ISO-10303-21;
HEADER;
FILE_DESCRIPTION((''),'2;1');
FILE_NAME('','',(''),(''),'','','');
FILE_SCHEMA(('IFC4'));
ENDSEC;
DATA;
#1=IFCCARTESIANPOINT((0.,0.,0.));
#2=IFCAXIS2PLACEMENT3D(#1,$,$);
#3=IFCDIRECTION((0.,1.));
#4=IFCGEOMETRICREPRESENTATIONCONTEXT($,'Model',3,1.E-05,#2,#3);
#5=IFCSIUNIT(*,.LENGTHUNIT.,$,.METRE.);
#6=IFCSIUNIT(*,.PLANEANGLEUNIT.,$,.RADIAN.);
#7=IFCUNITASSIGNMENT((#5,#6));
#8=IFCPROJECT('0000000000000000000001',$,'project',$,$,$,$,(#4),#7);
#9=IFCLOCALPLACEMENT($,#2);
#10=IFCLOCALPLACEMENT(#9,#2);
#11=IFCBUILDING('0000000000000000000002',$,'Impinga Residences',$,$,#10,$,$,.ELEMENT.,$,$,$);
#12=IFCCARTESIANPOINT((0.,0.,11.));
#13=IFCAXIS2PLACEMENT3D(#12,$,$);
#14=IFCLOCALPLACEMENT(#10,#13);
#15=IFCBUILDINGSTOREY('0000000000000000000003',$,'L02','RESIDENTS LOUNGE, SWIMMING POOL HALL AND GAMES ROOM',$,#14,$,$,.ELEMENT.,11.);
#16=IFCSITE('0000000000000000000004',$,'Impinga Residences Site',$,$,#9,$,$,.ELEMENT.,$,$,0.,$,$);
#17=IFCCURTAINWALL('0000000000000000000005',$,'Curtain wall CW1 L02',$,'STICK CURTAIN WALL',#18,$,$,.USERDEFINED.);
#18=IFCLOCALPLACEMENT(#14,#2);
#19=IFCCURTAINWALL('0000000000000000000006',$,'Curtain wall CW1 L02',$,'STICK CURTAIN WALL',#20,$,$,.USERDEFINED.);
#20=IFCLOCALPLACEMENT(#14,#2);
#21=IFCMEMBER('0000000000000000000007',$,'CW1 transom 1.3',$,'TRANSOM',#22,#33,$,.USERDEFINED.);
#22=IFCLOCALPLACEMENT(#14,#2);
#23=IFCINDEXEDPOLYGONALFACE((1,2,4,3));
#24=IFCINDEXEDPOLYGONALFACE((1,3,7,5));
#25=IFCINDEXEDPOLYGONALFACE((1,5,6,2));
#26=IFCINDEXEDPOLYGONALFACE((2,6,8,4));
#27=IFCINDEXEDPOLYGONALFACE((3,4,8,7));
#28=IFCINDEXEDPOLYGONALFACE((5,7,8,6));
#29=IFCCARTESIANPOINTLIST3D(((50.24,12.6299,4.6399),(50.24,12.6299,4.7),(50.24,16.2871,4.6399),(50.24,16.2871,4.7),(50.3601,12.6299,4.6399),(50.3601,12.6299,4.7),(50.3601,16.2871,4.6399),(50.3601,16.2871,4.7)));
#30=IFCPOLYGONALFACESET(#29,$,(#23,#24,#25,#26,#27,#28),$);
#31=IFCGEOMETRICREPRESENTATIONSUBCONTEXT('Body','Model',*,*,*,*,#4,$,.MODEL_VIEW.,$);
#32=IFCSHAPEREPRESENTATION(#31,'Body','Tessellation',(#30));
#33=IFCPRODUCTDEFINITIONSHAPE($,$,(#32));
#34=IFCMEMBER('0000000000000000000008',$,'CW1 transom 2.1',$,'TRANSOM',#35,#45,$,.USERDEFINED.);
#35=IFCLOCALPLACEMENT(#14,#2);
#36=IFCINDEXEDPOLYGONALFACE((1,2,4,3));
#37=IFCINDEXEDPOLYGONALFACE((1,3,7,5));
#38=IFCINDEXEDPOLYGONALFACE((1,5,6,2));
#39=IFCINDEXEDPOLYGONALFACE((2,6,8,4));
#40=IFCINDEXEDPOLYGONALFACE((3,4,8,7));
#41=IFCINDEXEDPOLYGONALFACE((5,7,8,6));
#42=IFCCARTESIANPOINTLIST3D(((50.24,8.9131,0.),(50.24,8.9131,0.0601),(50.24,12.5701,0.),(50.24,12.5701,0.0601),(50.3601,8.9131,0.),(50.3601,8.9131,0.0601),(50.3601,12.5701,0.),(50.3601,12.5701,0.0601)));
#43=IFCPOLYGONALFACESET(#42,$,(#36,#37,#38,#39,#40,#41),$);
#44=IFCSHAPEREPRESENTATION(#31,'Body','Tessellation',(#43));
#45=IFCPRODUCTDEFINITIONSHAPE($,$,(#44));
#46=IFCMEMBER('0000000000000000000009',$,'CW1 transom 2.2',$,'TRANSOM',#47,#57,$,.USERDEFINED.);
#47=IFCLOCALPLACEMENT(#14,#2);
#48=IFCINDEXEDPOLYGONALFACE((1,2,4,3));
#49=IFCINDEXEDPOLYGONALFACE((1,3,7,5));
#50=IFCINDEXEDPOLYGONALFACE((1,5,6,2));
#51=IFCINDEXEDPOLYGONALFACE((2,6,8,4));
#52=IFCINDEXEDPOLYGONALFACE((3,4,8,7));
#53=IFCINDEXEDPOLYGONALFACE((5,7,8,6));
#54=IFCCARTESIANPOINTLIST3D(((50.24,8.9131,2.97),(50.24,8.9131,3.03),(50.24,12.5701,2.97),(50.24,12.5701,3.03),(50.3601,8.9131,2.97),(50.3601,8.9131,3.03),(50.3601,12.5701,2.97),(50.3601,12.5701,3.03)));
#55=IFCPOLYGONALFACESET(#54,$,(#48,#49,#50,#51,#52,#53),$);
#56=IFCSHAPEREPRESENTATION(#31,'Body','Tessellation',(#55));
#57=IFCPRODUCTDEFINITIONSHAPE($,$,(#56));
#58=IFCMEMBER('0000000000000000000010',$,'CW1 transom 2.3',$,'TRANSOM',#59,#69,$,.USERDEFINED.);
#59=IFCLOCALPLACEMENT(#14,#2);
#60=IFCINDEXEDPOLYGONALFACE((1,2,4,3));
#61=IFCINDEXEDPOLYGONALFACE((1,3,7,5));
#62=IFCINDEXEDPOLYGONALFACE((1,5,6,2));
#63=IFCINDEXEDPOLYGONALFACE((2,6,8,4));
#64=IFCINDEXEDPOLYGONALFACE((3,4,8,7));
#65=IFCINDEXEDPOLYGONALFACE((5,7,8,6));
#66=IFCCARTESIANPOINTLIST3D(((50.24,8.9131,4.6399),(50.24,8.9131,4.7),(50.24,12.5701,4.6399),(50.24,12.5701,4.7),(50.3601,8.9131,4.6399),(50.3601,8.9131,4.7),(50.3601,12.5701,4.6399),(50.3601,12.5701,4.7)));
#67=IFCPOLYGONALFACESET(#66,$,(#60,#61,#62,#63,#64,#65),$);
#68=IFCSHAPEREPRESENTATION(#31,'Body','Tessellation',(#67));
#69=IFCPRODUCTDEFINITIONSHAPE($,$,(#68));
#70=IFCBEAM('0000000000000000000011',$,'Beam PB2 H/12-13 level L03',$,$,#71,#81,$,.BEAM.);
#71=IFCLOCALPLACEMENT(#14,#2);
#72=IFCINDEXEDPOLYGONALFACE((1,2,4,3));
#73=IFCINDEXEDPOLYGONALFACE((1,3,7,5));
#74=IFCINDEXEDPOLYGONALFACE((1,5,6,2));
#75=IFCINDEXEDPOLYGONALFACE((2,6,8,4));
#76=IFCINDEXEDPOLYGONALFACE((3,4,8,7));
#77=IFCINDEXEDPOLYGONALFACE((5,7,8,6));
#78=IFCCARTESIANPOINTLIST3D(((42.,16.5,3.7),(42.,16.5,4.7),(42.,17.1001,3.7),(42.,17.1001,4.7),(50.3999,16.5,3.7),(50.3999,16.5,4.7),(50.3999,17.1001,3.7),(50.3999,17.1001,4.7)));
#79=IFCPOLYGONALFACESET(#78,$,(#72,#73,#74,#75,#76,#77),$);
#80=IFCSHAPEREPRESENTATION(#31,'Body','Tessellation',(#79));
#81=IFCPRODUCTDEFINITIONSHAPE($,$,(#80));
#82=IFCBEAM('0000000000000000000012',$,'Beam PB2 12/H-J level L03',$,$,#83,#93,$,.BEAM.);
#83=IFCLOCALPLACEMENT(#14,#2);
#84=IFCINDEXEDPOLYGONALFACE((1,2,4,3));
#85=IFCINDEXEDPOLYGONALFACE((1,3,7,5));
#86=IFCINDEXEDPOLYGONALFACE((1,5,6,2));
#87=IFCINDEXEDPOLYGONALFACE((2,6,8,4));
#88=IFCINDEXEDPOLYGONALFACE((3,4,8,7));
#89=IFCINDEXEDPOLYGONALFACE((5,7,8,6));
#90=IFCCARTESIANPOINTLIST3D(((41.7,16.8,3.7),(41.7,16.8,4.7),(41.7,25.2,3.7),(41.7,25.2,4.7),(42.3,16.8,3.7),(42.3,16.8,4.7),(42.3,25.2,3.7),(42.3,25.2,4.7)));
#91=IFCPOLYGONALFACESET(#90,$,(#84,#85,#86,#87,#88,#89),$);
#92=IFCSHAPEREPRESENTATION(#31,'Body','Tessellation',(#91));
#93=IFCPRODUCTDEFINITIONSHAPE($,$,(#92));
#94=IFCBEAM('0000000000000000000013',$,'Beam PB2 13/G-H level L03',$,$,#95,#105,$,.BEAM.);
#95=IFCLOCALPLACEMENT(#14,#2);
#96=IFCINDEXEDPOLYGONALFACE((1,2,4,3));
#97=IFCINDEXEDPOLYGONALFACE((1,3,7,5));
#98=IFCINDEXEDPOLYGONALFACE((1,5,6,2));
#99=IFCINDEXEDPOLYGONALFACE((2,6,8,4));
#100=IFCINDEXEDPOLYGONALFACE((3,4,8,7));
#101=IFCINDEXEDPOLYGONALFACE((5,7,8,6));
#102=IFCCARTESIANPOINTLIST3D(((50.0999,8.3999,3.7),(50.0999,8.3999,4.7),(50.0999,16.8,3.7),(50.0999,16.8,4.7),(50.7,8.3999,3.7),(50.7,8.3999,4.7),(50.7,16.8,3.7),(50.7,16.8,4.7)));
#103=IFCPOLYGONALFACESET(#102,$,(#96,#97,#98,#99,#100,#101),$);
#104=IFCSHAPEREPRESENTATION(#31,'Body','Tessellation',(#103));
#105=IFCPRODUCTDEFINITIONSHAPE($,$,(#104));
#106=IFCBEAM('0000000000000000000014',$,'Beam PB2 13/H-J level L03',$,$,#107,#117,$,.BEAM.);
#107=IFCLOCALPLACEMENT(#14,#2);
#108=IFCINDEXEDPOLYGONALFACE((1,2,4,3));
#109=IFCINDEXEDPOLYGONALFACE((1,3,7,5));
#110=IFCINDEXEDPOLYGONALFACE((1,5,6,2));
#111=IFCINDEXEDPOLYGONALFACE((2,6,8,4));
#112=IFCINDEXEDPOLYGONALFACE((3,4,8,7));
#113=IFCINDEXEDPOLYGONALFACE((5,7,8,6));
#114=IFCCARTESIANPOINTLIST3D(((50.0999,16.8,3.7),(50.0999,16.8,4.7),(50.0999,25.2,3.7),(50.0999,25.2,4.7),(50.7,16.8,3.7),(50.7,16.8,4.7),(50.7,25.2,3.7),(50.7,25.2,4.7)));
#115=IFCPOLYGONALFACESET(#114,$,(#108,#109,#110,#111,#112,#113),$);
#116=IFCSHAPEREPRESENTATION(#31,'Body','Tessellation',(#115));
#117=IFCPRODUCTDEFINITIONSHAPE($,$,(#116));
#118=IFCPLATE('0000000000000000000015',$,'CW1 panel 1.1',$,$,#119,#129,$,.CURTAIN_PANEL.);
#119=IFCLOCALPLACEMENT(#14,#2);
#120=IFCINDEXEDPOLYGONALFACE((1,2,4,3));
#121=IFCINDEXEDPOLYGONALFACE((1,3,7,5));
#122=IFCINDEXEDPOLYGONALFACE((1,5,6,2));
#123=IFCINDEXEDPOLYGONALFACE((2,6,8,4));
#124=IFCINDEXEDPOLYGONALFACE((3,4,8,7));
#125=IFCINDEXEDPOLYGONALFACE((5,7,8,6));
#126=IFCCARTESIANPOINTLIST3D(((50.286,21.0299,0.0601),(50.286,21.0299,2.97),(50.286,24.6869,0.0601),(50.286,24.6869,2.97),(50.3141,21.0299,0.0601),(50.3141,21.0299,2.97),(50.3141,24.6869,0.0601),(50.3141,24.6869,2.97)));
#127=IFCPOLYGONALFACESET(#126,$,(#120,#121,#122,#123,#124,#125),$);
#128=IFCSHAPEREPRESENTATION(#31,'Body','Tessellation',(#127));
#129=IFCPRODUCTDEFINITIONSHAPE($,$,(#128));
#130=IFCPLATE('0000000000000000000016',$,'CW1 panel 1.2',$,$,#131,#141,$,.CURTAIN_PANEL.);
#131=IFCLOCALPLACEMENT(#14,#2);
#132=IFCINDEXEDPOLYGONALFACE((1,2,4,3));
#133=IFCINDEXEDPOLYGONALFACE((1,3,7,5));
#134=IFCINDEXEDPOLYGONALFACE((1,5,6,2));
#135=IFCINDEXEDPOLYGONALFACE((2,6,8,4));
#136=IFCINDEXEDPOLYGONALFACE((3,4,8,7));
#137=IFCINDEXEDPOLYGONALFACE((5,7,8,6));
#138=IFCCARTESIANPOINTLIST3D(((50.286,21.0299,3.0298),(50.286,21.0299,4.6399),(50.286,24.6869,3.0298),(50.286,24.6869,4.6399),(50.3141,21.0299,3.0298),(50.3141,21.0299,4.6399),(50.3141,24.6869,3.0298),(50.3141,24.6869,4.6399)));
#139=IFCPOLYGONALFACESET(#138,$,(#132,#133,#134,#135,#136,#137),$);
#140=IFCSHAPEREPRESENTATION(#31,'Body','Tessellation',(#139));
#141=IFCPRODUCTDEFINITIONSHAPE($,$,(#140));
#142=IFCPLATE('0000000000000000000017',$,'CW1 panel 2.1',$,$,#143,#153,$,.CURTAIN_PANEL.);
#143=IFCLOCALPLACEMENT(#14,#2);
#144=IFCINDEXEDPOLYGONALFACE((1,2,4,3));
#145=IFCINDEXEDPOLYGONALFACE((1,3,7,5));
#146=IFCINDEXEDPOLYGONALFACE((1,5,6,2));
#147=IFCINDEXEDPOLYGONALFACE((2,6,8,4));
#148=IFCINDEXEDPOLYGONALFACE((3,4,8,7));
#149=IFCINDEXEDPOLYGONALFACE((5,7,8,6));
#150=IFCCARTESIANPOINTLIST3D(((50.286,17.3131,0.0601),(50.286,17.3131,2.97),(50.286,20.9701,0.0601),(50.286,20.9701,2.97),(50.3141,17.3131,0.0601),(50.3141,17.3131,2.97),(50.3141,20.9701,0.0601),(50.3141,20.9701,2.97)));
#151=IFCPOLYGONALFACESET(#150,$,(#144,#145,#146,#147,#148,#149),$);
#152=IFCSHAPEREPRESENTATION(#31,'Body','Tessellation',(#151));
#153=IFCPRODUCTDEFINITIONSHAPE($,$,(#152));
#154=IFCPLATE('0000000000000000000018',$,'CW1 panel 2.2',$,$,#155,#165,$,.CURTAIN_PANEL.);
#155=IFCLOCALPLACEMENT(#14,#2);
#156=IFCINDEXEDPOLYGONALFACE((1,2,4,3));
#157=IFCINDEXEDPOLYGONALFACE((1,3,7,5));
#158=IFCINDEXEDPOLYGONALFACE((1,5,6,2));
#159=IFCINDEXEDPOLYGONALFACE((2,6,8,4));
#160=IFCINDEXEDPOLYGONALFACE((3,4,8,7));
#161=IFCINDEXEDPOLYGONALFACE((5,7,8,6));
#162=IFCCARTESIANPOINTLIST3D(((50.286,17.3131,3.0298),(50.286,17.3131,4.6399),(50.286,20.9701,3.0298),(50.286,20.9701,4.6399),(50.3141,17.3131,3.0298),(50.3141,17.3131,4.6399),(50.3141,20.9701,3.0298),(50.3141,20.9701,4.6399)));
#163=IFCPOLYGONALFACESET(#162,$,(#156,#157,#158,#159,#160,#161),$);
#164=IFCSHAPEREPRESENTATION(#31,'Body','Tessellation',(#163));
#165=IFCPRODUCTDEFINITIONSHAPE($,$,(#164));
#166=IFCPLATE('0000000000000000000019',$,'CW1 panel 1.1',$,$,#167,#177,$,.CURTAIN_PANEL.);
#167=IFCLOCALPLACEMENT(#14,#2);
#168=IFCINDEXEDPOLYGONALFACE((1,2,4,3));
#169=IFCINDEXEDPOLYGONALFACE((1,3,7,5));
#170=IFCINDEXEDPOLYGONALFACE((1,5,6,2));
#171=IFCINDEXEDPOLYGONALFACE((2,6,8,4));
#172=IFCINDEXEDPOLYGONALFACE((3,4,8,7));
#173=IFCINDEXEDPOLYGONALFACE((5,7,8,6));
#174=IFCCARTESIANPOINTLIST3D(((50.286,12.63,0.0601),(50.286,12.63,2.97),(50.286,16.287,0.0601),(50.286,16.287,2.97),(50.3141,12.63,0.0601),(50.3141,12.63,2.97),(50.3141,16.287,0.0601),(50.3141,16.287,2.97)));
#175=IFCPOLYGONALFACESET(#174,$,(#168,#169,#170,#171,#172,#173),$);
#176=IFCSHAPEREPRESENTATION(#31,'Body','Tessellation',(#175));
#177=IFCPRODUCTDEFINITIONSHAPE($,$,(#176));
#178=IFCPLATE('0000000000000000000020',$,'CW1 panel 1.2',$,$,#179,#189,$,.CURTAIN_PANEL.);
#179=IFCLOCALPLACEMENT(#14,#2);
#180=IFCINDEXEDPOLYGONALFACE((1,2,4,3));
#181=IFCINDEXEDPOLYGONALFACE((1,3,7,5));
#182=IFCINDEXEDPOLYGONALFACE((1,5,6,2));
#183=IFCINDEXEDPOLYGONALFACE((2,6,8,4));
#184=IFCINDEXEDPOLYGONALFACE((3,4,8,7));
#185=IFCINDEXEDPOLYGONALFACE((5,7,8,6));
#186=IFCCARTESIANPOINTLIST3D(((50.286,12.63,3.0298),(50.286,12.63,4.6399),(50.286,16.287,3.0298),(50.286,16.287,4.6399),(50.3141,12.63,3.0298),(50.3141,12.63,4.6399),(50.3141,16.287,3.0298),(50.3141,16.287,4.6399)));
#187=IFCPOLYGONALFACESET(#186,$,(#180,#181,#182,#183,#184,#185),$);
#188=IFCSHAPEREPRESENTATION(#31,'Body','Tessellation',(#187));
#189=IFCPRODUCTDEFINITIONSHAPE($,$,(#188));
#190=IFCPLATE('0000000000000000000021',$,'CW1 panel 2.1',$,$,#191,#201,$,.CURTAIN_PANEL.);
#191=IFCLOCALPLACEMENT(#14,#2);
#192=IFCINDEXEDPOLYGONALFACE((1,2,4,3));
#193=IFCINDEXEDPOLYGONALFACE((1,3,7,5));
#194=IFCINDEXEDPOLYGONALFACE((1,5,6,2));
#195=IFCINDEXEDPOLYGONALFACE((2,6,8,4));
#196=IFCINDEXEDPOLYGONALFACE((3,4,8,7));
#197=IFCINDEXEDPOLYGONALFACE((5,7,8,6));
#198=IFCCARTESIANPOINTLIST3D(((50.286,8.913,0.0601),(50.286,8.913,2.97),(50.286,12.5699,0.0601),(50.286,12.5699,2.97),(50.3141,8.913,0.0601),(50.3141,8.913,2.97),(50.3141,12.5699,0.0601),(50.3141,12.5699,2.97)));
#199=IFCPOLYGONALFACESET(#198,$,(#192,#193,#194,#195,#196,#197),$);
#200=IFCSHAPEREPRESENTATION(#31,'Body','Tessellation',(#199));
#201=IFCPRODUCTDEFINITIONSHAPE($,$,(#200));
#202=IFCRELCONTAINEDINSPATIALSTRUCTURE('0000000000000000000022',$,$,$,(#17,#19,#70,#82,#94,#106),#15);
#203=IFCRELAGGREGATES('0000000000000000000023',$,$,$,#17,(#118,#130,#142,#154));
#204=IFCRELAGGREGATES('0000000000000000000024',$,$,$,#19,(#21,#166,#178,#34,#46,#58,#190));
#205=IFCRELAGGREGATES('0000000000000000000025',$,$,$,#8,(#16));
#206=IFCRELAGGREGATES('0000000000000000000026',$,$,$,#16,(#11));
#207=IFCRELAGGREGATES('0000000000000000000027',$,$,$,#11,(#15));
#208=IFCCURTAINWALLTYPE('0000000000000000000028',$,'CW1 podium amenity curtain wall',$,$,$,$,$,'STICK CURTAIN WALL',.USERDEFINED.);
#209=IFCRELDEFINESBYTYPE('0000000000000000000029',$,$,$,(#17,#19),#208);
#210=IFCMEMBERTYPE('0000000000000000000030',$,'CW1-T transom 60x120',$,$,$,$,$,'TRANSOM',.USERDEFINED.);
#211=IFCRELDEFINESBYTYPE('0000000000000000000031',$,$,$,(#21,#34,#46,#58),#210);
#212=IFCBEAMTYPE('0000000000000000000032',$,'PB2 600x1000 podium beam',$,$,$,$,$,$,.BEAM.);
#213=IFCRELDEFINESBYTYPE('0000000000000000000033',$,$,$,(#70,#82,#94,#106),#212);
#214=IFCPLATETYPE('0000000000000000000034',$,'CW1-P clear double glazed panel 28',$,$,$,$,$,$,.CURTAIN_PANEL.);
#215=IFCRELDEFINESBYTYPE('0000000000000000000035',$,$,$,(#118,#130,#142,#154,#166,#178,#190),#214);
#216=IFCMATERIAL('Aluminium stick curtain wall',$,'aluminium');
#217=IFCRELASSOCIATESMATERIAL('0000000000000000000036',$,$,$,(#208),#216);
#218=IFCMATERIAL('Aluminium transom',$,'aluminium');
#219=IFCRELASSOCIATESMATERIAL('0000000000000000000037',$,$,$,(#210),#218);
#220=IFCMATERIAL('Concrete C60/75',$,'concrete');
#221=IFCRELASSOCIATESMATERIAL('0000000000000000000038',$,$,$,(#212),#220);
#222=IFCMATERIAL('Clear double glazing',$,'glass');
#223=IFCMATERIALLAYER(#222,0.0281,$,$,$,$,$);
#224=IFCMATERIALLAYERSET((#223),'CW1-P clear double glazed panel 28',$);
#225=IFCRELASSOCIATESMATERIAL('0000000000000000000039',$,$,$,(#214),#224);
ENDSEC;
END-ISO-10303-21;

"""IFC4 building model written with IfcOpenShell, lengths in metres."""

from ifc_helpers import new_model, si_unit, direction, frame, origin, origin_2d, place, context, subcontext, project, spatial, rectangle, extrude, material, layer, layer_set, material_profile, profile_set, type_object, element, aggregate, save


model = new_model("IFC4")

# Units and contexts
model_context = context("Model", 3, precision=1e-05, world=origin(), true_north=direction((0.0, 1.0)))
body_context = subcontext(model_context, "Body", "Model", "MODEL_VIEW")
ifc_project = project(units=[si_unit("LENGTHUNIT", "METRE"), si_unit("PLANEANGLEUNIT", "RADIAN")], contexts=[model_context])

# Site, building, storey
site_placement = place(None, origin())
site = spatial("IfcSite", under=ifc_project, at=site_placement, Name="Impinga Residences Site", CompositionType="ELEMENT", RefElevation=0.0)
building_placement = place(site_placement, origin())
building = spatial("IfcBuilding", under=site, at=building_placement, Name="Impinga Residences", CompositionType="ELEMENT")
storey_placement = place(building_placement, frame((0.0, 0.0, 11.0)))
storey = spatial("IfcBuildingStorey", under=building, at=storey_placement, Name="L02", Description="RESIDENTS LOUNGE, SWIMMING POOL HALL AND GAMES ROOM", CompositionType="ELEMENT", Elevation=11.0)

# Curtain walls
ifc_material_1 = material(Name="Aluminium stick curtain wall", Category="aluminium")
curtain_wall_type = type_object("IfcCurtainWallType", Name="CW1 podium amenity curtain wall", ElementType="STICK CURTAIN WALL", PredefinedType="USERDEFINED", material=ifc_material_1)
curtain_wall_1_placement = place(storey_placement, origin())
curtain_wall_1 = element("IfcCurtainWall", 1, at=curtain_wall_1_placement, inside=storey, type_object=curtain_wall_type, Name="Curtain wall CW1 L02", ObjectType="STICK CURTAIN WALL", PredefinedType="USERDEFINED")
curtain_wall_2_placement = place(storey_placement, origin())
curtain_wall_2 = element("IfcCurtainWall", 2, at=curtain_wall_2_placement, inside=storey, type_object=curtain_wall_type, Name="Curtain wall CW1 L02", ObjectType="STICK CURTAIN WALL", PredefinedType="USERDEFINED")

# Members
ifc_material_2 = material(Name="Aluminium transom", Category="aluminium")
ifc_material_profile_1 = material_profile(ifc_material_2, rectangle(XDim=0.0601, YDim=0.1201, at=origin_2d()), Name="60x120 transom")
ifc_profile_set_1 = profile_set([ifc_material_profile_1], Name="Aluminium transom")
member_type_1 = type_object("IfcMemberType", Name="CW1-T transom 60x120", ElementType="TRANSOM", PredefinedType="USERDEFINED", material=ifc_profile_set_1)
member_1_placement = place(storey_placement, frame((50.3, 16.2871, 4.6699), z_axis=(0.0, -1.0, 0.0), x_axis=(0.0, 0.0, 1.0)))
member_1 = element("IfcMember", 3, at=member_1_placement, type_object=member_type_1, Name="CW1 transom 1.3", ObjectType="TRANSOM", PredefinedType="USERDEFINED", context=body_context, shape_type="SweptSolid", body=[
    extrude(rectangle(XDim=0.0601, YDim=0.1201, at=origin_2d()), origin(), (0.0, 0.0, 1.0), 3.6572),
])
member_2_placement = place(storey_placement, frame((50.3, 12.5701, 0.03), z_axis=(0.0, -1.0, 0.0), x_axis=(0.0, 0.0, 1.0)))
member_2 = element("IfcMember", 4, at=member_2_placement, type_object=member_type_1, Name="CW1 transom 2.1", ObjectType="TRANSOM", PredefinedType="USERDEFINED", context=body_context, shape_type="SweptSolid", body=[
    extrude(rectangle(XDim=0.0601, YDim=0.1201, at=origin_2d()), origin(), (0.0, 0.0, 1.0), 3.657),
])
member_3_placement = place(storey_placement, frame((50.3, 12.5701, 3.0), z_axis=(0.0, -1.0, 0.0), x_axis=(0.0, 0.0, 1.0)))
member_3 = element("IfcMember", 5, at=member_3_placement, type_object=member_type_1, Name="CW1 transom 2.2", ObjectType="TRANSOM", PredefinedType="USERDEFINED", context=body_context, shape_type="SweptSolid", body=[
    extrude(rectangle(XDim=0.0601, YDim=0.1201, at=origin_2d()), origin(), (0.0, 0.0, 1.0), 3.657),
])
member_4_placement = place(storey_placement, frame((50.3, 12.5701, 4.6699), z_axis=(0.0, -1.0, 0.0), x_axis=(0.0, 0.0, 1.0)))
member_4 = element("IfcMember", 6, at=member_4_placement, type_object=member_type_1, Name="CW1 transom 2.3", ObjectType="TRANSOM", PredefinedType="USERDEFINED", context=body_context, shape_type="SweptSolid", body=[
    extrude(rectangle(XDim=0.0601, YDim=0.1201, at=origin_2d()), origin(), (0.0, 0.0, 1.0), 3.657),
])

# Beams
ifc_material_3 = material(Name="Concrete C60/75", Category="concrete")
ifc_material_profile_2 = material_profile(ifc_material_3, rectangle(XDim=0.6001, YDim=1.0, at=origin_2d()), Name="RC 600x1000")
ifc_profile_set_2 = profile_set([ifc_material_profile_2], Name="Concrete C60/75")
beam_type = type_object("IfcBeamType", Name="PB2 600x1000 podium beam", PredefinedType="BEAM", material=ifc_profile_set_2)
for number, where, z_axis, x_axis, name in (
    (7, (42.0, 16.8, 4.2), (1.0, 0.0, 0.0), (0.0, 1.0, 0.0), "Beam PB2 H/12-13 level L03"),
    (8, (42.0, 16.8, 4.2), (0.0, 1.0, 0.0), (-1.0, 0.0, 0.0), "Beam PB2 12/H-J level L03"),
):
    element("IfcBeam", number, at=place(storey_placement, frame(where, z_axis=z_axis, x_axis=x_axis)), inside=storey, type_object=beam_type, Name=name, PredefinedType="BEAM", context=body_context, shape_type="SweptSolid", body=[
        extrude(rectangle(XDim=0.6001, YDim=1.0, at=origin_2d()), origin(), (0.0, 0.0, 1.0), 8.3999),
    ])
beam_1_placement = place(storey_placement, frame((50.3999, 8.3999, 4.2), z_axis=(0.0, 1.0, 0.0), x_axis=(-1.0, 0.0, 0.0)))
element("IfcBeam", 9, at=beam_1_placement, inside=storey, type_object=beam_type, Name="Beam PB2 13/G-H level L03", PredefinedType="BEAM", context=body_context, shape_type="SweptSolid", body=[
    extrude(rectangle(XDim=0.6001, YDim=1.0, at=origin_2d()), origin(), (0.0, 0.0, 1.0), 8.4001),
])
beam_2_placement = place(storey_placement, frame((50.3999, 16.8, 4.2), z_axis=(0.0, 1.0, 0.0), x_axis=(-1.0, 0.0, 0.0)))
element("IfcBeam", 10, at=beam_2_placement, inside=storey, type_object=beam_type, Name="Beam PB2 13/H-J level L03", PredefinedType="BEAM", context=body_context, shape_type="SweptSolid", body=[
    extrude(rectangle(XDim=0.6001, YDim=1.0, at=origin_2d()), origin(), (0.0, 0.0, 1.0), 8.3999),
])

# Plates
ifc_material_4 = material(Name="Clear double glazing", Category="glass")
ifc_layer = layer(ifc_material_4, 0.0281)
ifc_layer_set = layer_set([ifc_layer], Name="CW1-P clear double glazed panel 28")
plate_type = type_object("IfcPlateType", Name="CW1-P clear double glazed panel 28", PredefinedType="CURTAIN_PANEL", material=ifc_layer_set)
plate_1_placement = place(storey_placement, frame((50.3, 22.8584, 0.0601), z_axis=(0.0, 0.0, 1.0), x_axis=(0.0, -1.0, 0.0)))
plate_1 = element("IfcPlate", 11, at=plate_1_placement, type_object=plate_type, Name="CW1 panel 1.1", PredefinedType="CURTAIN_PANEL", context=body_context, shape_type="SweptSolid", body=[
    extrude(rectangle(XDim=3.657, YDim=0.0281, at=origin_2d()), origin(), (0.0, 0.0, 1.0), 2.9099),
])
plate_2_placement = place(storey_placement, frame((50.3, 22.8584, 3.0298), z_axis=(0.0, 0.0, 1.0), x_axis=(0.0, -1.0, 0.0)))
plate_2 = element("IfcPlate", 12, at=plate_2_placement, type_object=plate_type, Name="CW1 panel 1.2", PredefinedType="CURTAIN_PANEL", context=body_context, shape_type="SweptSolid", body=[
    extrude(rectangle(XDim=3.657, YDim=0.0281, at=origin_2d()), origin(), (0.0, 0.0, 1.0), 1.6101),
])
plate_3_placement = place(storey_placement, frame((50.3, 19.1416, 0.0601), z_axis=(0.0, 0.0, 1.0), x_axis=(0.0, -1.0, 0.0)))
plate_3 = element("IfcPlate", 13, at=plate_3_placement, type_object=plate_type, Name="CW1 panel 2.1", PredefinedType="CURTAIN_PANEL", context=body_context, shape_type="SweptSolid", body=[
    extrude(rectangle(XDim=3.657, YDim=0.0281, at=origin_2d()), origin(), (0.0, 0.0, 1.0), 2.9099),
])
plate_4_placement = place(storey_placement, frame((50.3, 19.1416, 3.0298), z_axis=(0.0, 0.0, 1.0), x_axis=(0.0, -1.0, 0.0)))
plate_4 = element("IfcPlate", 14, at=plate_4_placement, type_object=plate_type, Name="CW1 panel 2.2", PredefinedType="CURTAIN_PANEL", context=body_context, shape_type="SweptSolid", body=[
    extrude(rectangle(XDim=3.657, YDim=0.0281, at=origin_2d()), origin(), (0.0, 0.0, 1.0), 1.6101),
])
aggregate(curtain_wall_1, [plate_1, plate_2, plate_3, plate_4])
plate_5_placement = place(storey_placement, frame((50.3, 14.4585, 0.0601), z_axis=(0.0, 0.0, 1.0), x_axis=(0.0, -1.0, 0.0)))
plate_5 = element("IfcPlate", 15, at=plate_5_placement, type_object=plate_type, Name="CW1 panel 1.1", PredefinedType="CURTAIN_PANEL", context=body_context, shape_type="SweptSolid", body=[
    extrude(rectangle(XDim=3.657, YDim=0.0281, at=origin_2d()), origin(), (0.0, 0.0, 1.0), 2.9099),
])
plate_6_placement = place(storey_placement, frame((50.3, 14.4585, 3.0298), z_axis=(0.0, 0.0, 1.0), x_axis=(0.0, -1.0, 0.0)))
plate_6 = element("IfcPlate", 16, at=plate_6_placement, type_object=plate_type, Name="CW1 panel 1.2", PredefinedType="CURTAIN_PANEL", context=body_context, shape_type="SweptSolid", body=[
    extrude(rectangle(XDim=3.657, YDim=0.0281, at=origin_2d()), origin(), (0.0, 0.0, 1.0), 1.6101),
])
plate_7_placement = place(storey_placement, frame((50.3, 10.7415, 0.0601), z_axis=(0.0, 0.0, 1.0), x_axis=(0.0, -1.0, 0.0)))
plate_7 = element("IfcPlate", 17, at=plate_7_placement, type_object=plate_type, Name="CW1 panel 2.1", PredefinedType="CURTAIN_PANEL", context=body_context, shape_type="SweptSolid", body=[
    extrude(rectangle(XDim=3.657, YDim=0.0281, at=origin_2d()), origin(), (0.0, 0.0, 1.0), 2.9099),
])
aggregate(curtain_wall_2, [member_1, plate_5, plate_6, member_2, member_3, member_4, plate_7])

save(model, "model.ifc")
